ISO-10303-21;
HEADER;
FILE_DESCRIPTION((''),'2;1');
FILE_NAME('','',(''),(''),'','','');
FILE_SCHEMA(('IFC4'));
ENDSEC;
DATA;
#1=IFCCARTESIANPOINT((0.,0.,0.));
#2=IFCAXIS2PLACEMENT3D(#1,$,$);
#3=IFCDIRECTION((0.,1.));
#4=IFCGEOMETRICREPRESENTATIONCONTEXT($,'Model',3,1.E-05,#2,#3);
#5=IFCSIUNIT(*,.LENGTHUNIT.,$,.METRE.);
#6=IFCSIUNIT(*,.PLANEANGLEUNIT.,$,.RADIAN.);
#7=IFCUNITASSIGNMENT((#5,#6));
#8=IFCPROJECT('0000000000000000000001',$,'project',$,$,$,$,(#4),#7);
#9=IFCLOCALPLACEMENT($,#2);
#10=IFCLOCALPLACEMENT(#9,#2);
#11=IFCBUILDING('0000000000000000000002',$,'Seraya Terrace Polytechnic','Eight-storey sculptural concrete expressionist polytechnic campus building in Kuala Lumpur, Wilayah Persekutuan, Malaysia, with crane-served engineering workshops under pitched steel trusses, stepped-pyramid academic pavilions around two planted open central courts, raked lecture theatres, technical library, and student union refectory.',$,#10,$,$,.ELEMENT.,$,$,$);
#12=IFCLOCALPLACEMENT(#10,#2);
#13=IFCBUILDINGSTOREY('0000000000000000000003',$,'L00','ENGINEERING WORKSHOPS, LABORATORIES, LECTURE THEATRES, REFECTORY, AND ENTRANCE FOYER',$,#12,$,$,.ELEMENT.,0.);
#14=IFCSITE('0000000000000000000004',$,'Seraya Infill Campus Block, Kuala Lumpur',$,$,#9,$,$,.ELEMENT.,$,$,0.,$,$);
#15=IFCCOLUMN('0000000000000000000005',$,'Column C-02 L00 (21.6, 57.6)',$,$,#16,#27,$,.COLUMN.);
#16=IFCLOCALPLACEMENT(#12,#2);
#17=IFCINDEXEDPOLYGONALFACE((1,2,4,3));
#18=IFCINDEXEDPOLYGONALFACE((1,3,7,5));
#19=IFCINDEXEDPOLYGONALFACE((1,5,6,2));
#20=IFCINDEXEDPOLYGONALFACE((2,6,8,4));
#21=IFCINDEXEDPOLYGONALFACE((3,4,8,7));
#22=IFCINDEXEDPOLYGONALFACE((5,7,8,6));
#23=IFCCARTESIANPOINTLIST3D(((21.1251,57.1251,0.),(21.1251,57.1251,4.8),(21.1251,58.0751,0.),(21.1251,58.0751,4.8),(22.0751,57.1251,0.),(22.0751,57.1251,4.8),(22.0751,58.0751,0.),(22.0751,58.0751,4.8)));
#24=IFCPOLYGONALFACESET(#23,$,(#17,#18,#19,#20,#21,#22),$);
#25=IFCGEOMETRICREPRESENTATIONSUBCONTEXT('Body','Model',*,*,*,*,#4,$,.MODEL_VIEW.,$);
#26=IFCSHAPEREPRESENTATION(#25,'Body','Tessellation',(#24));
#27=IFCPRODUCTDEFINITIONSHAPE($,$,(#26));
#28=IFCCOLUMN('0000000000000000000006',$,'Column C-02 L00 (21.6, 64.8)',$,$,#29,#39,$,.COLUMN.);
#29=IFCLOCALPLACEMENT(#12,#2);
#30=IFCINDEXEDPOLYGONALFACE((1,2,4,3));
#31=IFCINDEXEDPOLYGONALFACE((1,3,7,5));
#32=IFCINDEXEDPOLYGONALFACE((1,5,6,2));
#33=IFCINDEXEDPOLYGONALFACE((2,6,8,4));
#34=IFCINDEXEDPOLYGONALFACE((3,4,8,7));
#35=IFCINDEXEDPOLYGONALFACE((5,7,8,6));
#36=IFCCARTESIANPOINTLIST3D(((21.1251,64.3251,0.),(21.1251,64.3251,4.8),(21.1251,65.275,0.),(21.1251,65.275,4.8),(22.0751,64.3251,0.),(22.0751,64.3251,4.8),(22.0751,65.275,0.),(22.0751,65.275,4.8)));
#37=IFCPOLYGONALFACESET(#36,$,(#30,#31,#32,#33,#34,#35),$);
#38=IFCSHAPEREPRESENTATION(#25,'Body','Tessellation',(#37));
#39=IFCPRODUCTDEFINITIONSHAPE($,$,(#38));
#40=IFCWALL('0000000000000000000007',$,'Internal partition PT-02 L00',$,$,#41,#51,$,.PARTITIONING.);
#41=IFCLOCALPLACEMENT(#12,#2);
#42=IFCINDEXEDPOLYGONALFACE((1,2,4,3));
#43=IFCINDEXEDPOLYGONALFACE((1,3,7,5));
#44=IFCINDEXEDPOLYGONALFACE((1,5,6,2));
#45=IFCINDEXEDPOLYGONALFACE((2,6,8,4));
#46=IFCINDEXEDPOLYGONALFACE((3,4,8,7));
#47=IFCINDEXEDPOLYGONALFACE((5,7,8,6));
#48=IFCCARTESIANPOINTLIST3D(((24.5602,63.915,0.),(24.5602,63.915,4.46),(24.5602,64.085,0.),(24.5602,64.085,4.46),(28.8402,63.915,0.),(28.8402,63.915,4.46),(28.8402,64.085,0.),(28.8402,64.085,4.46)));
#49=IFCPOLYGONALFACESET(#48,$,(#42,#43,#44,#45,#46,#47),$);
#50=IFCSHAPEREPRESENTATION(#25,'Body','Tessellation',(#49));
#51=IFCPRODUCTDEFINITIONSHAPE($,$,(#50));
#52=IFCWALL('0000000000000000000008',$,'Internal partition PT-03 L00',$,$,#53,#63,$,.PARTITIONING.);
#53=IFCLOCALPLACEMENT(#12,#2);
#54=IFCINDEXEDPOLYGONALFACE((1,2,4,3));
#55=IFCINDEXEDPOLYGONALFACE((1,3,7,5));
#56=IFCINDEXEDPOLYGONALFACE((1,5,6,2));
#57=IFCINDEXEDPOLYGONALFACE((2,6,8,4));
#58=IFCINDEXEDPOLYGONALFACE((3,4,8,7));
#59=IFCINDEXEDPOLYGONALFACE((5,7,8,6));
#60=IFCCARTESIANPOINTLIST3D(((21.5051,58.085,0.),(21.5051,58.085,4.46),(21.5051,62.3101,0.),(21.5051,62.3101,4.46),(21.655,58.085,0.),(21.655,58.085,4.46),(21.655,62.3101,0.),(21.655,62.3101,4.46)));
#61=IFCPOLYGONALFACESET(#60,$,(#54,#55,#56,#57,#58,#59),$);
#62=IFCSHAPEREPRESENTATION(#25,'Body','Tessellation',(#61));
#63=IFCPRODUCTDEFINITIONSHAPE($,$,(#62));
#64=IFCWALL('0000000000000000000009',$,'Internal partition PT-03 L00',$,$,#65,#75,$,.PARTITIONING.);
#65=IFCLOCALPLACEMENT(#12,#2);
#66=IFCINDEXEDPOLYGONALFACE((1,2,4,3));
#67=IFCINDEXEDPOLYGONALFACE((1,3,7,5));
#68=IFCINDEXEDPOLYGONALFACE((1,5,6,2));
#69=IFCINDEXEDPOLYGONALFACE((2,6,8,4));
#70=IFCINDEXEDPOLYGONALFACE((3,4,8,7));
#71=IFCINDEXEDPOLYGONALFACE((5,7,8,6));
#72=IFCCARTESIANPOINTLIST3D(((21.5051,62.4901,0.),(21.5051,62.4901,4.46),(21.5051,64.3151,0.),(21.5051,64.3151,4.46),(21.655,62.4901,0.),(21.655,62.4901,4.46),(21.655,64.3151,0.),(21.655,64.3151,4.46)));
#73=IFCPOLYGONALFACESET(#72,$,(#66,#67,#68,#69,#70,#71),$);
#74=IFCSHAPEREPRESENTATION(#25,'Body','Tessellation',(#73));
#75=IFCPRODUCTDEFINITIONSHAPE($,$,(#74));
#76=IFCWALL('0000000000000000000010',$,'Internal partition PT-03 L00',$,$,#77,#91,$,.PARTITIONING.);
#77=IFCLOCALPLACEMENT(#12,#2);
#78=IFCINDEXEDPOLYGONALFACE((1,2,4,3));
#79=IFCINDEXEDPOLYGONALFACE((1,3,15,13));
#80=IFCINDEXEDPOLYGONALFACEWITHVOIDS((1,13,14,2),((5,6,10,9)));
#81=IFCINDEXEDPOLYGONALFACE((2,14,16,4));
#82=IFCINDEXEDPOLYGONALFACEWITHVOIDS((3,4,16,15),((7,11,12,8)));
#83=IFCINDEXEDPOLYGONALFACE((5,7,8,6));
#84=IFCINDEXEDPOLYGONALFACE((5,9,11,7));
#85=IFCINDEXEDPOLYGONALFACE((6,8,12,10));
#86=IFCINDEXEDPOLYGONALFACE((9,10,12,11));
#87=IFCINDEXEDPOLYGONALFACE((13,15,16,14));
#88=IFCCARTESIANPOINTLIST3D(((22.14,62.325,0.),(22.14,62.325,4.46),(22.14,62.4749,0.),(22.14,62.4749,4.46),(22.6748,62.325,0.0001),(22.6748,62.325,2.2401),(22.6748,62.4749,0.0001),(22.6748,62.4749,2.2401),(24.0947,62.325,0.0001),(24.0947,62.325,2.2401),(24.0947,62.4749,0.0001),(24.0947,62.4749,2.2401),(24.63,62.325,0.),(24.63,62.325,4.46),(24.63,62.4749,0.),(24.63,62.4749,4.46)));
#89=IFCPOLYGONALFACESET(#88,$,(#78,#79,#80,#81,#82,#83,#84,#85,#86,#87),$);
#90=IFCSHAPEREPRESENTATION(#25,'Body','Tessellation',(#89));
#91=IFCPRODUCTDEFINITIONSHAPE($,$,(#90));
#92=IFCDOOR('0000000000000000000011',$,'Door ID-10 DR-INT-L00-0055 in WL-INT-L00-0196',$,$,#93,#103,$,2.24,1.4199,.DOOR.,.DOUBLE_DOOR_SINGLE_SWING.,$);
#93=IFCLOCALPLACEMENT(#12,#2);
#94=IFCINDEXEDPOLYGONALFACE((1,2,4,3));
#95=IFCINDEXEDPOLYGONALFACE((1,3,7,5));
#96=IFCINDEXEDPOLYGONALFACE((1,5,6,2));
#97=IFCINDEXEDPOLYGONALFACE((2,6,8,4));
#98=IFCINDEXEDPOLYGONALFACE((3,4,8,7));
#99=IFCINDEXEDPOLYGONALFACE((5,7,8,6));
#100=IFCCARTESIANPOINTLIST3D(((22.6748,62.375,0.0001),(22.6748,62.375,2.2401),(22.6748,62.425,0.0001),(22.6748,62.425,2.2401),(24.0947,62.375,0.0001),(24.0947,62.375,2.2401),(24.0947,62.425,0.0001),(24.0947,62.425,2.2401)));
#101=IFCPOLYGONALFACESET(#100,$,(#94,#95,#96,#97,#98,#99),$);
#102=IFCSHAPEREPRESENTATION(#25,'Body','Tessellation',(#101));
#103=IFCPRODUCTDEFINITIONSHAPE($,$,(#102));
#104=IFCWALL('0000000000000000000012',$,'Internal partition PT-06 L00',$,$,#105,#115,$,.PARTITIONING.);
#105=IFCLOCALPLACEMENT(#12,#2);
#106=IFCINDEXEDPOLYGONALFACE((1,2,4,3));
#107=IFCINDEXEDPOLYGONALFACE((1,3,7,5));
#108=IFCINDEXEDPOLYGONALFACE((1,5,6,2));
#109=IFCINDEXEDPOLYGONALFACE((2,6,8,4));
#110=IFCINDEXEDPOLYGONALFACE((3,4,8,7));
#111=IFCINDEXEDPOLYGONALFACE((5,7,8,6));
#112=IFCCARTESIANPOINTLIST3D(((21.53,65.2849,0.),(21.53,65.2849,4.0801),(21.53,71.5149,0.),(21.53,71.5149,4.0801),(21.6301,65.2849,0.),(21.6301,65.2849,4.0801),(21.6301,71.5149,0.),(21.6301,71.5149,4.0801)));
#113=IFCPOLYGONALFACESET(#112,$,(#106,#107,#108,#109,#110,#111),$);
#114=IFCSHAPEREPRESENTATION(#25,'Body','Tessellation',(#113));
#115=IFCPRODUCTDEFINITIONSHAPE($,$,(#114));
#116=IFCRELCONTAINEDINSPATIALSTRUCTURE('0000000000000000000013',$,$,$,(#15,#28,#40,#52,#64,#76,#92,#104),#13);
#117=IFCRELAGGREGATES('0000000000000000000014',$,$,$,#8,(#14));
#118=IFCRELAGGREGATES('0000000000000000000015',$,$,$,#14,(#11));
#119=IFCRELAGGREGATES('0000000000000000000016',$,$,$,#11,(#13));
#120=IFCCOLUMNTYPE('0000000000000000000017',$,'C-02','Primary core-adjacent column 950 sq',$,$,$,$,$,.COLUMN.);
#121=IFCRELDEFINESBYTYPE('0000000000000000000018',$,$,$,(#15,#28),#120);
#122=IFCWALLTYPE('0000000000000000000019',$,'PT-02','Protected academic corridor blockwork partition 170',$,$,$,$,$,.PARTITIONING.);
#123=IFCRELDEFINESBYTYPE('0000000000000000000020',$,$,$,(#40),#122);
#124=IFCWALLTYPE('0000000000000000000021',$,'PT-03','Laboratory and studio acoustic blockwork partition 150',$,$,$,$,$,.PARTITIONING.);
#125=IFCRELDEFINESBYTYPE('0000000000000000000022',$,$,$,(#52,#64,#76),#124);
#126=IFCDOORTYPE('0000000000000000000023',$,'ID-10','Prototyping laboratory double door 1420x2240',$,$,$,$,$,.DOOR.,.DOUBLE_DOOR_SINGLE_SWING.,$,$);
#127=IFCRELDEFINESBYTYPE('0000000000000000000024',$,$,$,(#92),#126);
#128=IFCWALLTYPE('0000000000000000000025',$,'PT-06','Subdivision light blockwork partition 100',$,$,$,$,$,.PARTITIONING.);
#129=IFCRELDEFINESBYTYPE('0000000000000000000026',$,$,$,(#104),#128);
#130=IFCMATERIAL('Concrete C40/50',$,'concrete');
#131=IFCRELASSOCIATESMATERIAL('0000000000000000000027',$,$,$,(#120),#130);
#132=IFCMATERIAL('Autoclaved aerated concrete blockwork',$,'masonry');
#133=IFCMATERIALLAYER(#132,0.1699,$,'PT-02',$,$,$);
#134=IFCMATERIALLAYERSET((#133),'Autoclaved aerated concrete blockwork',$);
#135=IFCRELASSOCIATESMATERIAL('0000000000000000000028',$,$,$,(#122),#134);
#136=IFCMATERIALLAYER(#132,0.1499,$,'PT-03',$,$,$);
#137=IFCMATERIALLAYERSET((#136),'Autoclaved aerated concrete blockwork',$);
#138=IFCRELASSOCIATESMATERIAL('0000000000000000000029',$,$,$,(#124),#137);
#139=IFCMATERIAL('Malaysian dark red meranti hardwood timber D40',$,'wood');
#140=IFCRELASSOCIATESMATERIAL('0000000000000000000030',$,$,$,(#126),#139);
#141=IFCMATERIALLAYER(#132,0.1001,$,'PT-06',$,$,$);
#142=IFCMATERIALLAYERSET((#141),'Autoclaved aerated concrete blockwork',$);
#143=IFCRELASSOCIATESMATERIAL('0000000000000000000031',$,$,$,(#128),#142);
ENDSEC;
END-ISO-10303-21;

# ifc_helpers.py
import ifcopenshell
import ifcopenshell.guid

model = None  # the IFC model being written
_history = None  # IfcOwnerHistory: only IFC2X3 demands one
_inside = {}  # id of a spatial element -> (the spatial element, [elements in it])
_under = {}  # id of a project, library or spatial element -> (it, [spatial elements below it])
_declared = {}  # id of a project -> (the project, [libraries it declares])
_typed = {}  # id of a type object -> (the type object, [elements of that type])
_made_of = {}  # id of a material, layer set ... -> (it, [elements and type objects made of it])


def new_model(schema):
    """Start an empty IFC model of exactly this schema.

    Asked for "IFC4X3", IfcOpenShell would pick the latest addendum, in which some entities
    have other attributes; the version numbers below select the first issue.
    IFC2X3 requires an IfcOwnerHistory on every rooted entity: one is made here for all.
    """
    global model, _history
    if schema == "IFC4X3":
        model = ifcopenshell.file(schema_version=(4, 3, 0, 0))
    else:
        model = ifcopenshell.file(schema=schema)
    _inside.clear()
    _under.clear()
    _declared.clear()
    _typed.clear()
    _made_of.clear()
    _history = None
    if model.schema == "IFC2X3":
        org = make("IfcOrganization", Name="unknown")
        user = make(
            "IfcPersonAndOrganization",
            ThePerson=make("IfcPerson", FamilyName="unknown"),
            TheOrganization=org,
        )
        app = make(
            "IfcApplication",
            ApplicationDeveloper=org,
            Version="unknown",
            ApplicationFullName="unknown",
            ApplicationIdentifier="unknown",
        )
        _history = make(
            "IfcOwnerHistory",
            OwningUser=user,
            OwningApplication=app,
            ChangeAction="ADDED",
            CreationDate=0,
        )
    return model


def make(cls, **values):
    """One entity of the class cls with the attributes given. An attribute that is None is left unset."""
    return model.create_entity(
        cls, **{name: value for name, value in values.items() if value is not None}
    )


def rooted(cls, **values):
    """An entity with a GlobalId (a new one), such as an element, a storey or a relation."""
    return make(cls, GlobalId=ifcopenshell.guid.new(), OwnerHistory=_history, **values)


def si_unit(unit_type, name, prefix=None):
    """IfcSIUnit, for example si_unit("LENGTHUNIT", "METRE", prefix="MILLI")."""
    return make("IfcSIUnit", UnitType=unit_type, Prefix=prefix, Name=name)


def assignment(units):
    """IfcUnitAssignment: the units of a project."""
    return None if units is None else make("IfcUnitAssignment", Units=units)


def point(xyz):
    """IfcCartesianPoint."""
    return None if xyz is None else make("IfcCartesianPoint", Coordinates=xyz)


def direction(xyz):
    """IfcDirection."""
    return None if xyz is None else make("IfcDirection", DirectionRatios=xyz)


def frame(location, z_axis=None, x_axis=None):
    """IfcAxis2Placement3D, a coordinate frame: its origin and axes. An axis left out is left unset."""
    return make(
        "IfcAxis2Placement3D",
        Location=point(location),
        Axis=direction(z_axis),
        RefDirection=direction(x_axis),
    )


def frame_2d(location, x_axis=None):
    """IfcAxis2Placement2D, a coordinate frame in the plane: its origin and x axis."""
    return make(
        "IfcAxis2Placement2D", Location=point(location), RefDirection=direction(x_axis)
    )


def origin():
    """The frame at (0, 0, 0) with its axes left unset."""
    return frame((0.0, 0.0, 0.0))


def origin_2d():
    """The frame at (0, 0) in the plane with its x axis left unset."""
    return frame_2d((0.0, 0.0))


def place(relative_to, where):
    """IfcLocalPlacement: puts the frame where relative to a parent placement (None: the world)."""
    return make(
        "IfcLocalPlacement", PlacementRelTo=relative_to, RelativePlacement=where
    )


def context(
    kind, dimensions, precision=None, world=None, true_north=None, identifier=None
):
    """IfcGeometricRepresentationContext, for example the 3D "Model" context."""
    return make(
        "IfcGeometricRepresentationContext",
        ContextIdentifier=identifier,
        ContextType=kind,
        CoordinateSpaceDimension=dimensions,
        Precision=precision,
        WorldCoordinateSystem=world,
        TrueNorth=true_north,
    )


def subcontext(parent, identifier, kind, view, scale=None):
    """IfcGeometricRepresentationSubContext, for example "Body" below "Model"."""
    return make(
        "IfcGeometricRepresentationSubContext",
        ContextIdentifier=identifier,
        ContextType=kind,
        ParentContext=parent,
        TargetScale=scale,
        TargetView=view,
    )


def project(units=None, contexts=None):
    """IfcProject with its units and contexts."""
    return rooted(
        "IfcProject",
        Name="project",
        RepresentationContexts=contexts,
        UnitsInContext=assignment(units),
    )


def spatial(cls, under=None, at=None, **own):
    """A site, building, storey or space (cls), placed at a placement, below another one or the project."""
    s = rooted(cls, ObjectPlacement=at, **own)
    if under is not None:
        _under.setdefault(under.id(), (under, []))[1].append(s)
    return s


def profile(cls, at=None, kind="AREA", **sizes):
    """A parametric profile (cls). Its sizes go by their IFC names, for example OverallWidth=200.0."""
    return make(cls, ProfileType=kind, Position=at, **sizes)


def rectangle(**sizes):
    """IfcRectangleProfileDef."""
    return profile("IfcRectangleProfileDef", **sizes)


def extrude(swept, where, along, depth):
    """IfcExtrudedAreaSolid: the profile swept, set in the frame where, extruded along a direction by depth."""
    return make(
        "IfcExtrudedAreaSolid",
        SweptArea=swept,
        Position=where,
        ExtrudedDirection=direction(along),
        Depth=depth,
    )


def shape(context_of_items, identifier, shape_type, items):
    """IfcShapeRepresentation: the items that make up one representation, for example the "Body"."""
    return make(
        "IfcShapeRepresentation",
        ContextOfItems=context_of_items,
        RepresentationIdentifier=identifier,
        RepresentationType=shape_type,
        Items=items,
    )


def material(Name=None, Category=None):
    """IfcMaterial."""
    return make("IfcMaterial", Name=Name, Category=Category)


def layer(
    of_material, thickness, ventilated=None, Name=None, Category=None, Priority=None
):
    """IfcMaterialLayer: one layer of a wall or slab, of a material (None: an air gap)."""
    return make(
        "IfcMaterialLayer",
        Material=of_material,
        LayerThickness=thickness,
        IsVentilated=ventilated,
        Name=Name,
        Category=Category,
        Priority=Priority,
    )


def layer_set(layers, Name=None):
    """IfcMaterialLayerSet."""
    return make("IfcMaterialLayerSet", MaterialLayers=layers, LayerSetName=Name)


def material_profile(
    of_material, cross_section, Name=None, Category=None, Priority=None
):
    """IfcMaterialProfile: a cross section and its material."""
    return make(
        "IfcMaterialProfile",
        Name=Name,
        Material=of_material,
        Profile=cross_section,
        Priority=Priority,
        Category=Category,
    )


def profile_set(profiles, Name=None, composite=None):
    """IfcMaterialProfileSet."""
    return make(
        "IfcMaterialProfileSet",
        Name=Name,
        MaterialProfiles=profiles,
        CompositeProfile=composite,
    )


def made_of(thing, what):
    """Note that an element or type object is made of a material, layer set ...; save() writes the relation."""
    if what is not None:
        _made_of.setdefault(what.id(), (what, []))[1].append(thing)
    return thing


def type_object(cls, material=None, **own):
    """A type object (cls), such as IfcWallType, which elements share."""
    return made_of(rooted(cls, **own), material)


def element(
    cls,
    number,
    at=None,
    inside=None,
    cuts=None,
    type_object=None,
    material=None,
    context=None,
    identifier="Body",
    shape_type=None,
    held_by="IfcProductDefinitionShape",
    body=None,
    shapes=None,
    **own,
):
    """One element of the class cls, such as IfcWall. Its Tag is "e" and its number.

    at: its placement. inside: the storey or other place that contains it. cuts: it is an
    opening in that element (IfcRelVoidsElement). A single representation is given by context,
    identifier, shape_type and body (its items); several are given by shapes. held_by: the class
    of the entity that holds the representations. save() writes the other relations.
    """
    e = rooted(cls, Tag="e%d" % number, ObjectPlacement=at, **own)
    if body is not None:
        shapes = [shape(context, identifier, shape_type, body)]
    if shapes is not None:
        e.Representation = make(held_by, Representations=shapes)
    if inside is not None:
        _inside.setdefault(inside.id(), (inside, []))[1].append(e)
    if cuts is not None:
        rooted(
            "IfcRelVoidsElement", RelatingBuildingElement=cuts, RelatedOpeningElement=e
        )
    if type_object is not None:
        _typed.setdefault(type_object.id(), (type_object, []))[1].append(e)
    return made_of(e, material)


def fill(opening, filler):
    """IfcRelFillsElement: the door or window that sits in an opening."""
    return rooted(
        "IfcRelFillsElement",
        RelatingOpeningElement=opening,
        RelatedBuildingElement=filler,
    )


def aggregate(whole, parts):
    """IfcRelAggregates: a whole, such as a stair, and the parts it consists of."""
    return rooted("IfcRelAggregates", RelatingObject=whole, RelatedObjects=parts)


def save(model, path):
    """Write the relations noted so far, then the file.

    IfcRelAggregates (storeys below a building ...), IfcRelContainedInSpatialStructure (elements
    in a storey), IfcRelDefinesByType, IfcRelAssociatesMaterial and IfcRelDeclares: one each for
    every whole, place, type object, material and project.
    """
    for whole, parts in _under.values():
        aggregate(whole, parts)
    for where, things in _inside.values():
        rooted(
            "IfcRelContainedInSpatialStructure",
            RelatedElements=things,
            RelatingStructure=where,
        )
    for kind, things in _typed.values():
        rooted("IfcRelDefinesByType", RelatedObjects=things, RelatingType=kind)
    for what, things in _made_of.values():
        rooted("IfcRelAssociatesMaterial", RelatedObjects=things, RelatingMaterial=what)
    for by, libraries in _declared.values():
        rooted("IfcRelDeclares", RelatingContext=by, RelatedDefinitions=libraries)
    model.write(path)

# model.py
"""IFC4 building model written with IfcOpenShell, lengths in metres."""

from ifc_helpers import new_model, si_unit, direction, frame, frame_2d, origin, origin_2d, place, context, subcontext, project, spatial, rectangle, extrude, material, layer, layer_set, material_profile, profile_set, type_object, element, fill, save


model = new_model("IFC4")

# Units and contexts
model_context = context("Model", 3, precision=1e-05, world=origin(), true_north=direction((0.0, 1.0)))
body_context = subcontext(model_context, "Body", "Model", "MODEL_VIEW")
ifc_project = project(units=[si_unit("LENGTHUNIT", "METRE"), si_unit("PLANEANGLEUNIT", "RADIAN")], contexts=[model_context])

# Site, building, storey
site_placement = place(None, origin())
site = spatial("IfcSite", under=ifc_project, at=site_placement, Name="Seraya Infill Campus Block, Kuala Lumpur", CompositionType="ELEMENT", RefElevation=0.0)
building_placement = place(site_placement, origin())
building = spatial("IfcBuilding", under=site, at=building_placement, Name="Seraya Terrace Polytechnic", Description="Eight-storey sculptural concrete expressionist polytechnic campus building in Kuala Lumpur, Wilayah Persekutuan, Malaysia, with crane-served engineering workshops under pitched steel trusses, stepped-pyramid academic pavilions around two planted open central courts, raked lecture theatres, technical library, and student union refectory.", CompositionType="ELEMENT")
storey_placement = place(building_placement, origin())
storey = spatial("IfcBuildingStorey", under=building, at=storey_placement, Name="L00", Description="ENGINEERING WORKSHOPS, LABORATORIES, LECTURE THEATRES, REFECTORY, AND ENTRANCE FOYER", CompositionType="ELEMENT", Elevation=0.0)

# Shared definitions
ifc_material_1 = material(Name="Concrete C40/50", Category="concrete")

# Columns
ifc_material_profile_1 = material_profile(ifc_material_1, rectangle(XDim=0.95, YDim=0.95, at=origin_2d()), Name="RC 950x950")
ifc_profile_set_1 = profile_set([ifc_material_profile_1], Name="Concrete C40/50")
column_type = type_object("IfcColumnType", Name="C-02", Description="Primary core-adjacent column 950 sq", PredefinedType="COLUMN", material=ifc_profile_set_1)
for number, where, z_axis, x_axis, name in (
    (1, (21.6001, 57.6001, 0.0), (0.0, 0.0, 1.0), (1.0, 0.0, 0.0), "Column C-02 L00 (21.6, 57.6)"),
    (2, (21.6001, 64.8, 0.0), (0.0, 0.0, 1.0), (1.0, 0.0, 0.0), "Column C-02 L00 (21.6, 64.8)"),
):
    element("IfcColumn", number, at=place(storey_placement, frame(where, z_axis=z_axis, x_axis=x_axis)), inside=storey, type_object=column_type, Name=name, PredefinedType="COLUMN", context=body_context, shape_type="SweptSolid", body=[
        extrude(rectangle(XDim=0.95, YDim=0.95, at=origin_2d()), origin(), (0.0, 0.0, 1.0), 4.8),
    ])

# Walls
ifc_material_2 = material(Name="Autoclaved aerated concrete blockwork", Category="masonry")
ifc_layer_1 = layer(ifc_material_2, 0.1699, Name="PT-02")
ifc_layer_set_1 = layer_set([ifc_layer_1], Name="Autoclaved aerated concrete blockwork")
wall_type_1 = type_object("IfcWallType", Name="PT-02", Description="Protected academic corridor blockwork partition 170", PredefinedType="PARTITIONING", material=ifc_layer_set_1)
wall_1_placement = place(storey_placement, frame((24.5601, 64.0, 0.0), z_axis=(0.0, 0.0, 1.0), x_axis=(1.0, 0.0, 0.0)))
element("IfcWall", 3, at=wall_1_placement, inside=storey, type_object=wall_type_1, Name="Internal partition PT-02 L00", PredefinedType="PARTITIONING", context=body_context, shape_type="SweptSolid", body=[
    extrude(rectangle(XDim=4.28, YDim=0.1699, at=frame_2d((2.1401, 0.0))), origin(), (0.0, 0.0, 1.0), 4.46),
])
ifc_layer_2 = layer(ifc_material_2, 0.1499, Name="PT-03")
ifc_layer_set_2 = layer_set([ifc_layer_2], Name="Autoclaved aerated concrete blockwork")
wall_type_2 = type_object("IfcWallType", Name="PT-03", Description="Laboratory and studio acoustic blockwork partition 150", PredefinedType="PARTITIONING", material=ifc_layer_set_2)
wall_2_placement = place(storey_placement, frame((21.5801, 58.085, 0.0), z_axis=(0.0, 0.0, 1.0), x_axis=(0.0, 1.0, 0.0)))
element("IfcWall", 4, at=wall_2_placement, inside=storey, type_object=wall_type_2, Name="Internal partition PT-03 L00", PredefinedType="PARTITIONING", context=body_context, shape_type="SweptSolid", body=[
    extrude(rectangle(XDim=4.2251, YDim=0.1499, at=frame_2d((2.1125, 0.0))), origin(), (0.0, 0.0, 1.0), 4.46),
])
wall_3_placement = place(storey_placement, frame((21.5801, 62.49, 0.0), z_axis=(0.0, 0.0, 1.0), x_axis=(0.0, 1.0, 0.0)))
element("IfcWall", 5, at=wall_3_placement, inside=storey, type_object=wall_type_2, Name="Internal partition PT-03 L00", PredefinedType="PARTITIONING", context=body_context, shape_type="SweptSolid", body=[
    extrude(rectangle(XDim=1.825, YDim=0.1499, at=frame_2d((0.9126, 0.0))), origin(), (0.0, 0.0, 1.0), 4.46),
])

# Wall, opening, door
wall_4_placement = place(storey_placement, frame((22.1399, 62.3999, 0.0), z_axis=(0.0, 0.0, 1.0), x_axis=(1.0, 0.0, 0.0)))
wall_4 = element("IfcWall", 6, at=wall_4_placement, inside=storey, type_object=wall_type_2, Name="Internal partition PT-03 L00", PredefinedType="PARTITIONING", context=body_context, shape_type="SweptSolid", body=[
    extrude(rectangle(XDim=2.49, YDim=0.1499, at=frame_2d((1.2451, 0.0))), origin(), (0.0, 0.0, 1.0), 4.46),
])
opening_placement = place(wall_4_placement, frame((0.5349, 0.0, 0.0)))
opening = element("IfcOpeningElement", 7, at=opening_placement, cuts=wall_4, PredefinedType="OPENING", context=body_context, shape_type="SweptSolid", body=[
    extrude(rectangle(XDim=1.4199, YDim=2.24, at=frame_2d((0.71, 1.1201))), frame((0.0, 0.0869, 0.0), z_axis=(0.0, -1.0, 0.0), x_axis=(1.0, 0.0, 0.0)), (0.0, 0.0, 1.0), 0.1738),
])
ifc_material_3 = material(Name="Malaysian dark red meranti hardwood timber D40", Category="wood")
door_type = type_object("IfcDoorType", Name="ID-10", Description="Prototyping laboratory double door 1420x2240", OperationType="DOUBLE_DOOR_SINGLE_SWING", PredefinedType="DOOR", material=ifc_material_3)
door_placement = place(opening_placement, frame((1.4199, 0.0, 0.0), z_axis=(0.0, 0.0, 1.0), x_axis=(-1.0, 0.0, 0.0)))
door = element("IfcDoor", 8, at=door_placement, inside=storey, type_object=door_type, Name="Door ID-10 DR-INT-L00-0055 in WL-INT-L00-0196", OperationType="DOUBLE_DOOR_SINGLE_SWING", OverallHeight=2.24, OverallWidth=1.4199, PredefinedType="DOOR", context=body_context, shape_type="SweptSolid", body=[
    extrude(rectangle(XDim=1.4199, YDim=2.24, at=frame_2d((0.71, 1.1201))), frame((0.0, 0.0249, 0.0), z_axis=(0.0, -1.0, 0.0), x_axis=(1.0, 0.0, 0.0)), (0.0, 0.0, 1.0), 0.05),
])
fill(opening, door)

# Wall
ifc_layer_3 = layer(ifc_material_2, 0.1001, Name="PT-06")
ifc_layer_set_3 = layer_set([ifc_layer_3], Name="Autoclaved aerated concrete blockwork")
wall_type_3 = type_object("IfcWallType", Name="PT-06", Description="Subdivision light blockwork partition 100", PredefinedType="PARTITIONING", material=ifc_layer_set_3)
wall_5_placement = place(storey_placement, frame((21.5801, 65.2849, 0.0), z_axis=(0.0, 0.0, 1.0), x_axis=(0.0, 1.0, 0.0)))
element("IfcWall", 9, at=wall_5_placement, inside=storey, type_object=wall_type_3, Name="Internal partition PT-06 L00", PredefinedType="PARTITIONING", context=body_context, shape_type="SweptSolid", body=[
    extrude(rectangle(XDim=6.23, YDim=0.1001, at=frame_2d((3.115, 0.0))), origin(), (0.0, 0.0, 1.0), 4.0801),
])

save(model, "model.ifc")
